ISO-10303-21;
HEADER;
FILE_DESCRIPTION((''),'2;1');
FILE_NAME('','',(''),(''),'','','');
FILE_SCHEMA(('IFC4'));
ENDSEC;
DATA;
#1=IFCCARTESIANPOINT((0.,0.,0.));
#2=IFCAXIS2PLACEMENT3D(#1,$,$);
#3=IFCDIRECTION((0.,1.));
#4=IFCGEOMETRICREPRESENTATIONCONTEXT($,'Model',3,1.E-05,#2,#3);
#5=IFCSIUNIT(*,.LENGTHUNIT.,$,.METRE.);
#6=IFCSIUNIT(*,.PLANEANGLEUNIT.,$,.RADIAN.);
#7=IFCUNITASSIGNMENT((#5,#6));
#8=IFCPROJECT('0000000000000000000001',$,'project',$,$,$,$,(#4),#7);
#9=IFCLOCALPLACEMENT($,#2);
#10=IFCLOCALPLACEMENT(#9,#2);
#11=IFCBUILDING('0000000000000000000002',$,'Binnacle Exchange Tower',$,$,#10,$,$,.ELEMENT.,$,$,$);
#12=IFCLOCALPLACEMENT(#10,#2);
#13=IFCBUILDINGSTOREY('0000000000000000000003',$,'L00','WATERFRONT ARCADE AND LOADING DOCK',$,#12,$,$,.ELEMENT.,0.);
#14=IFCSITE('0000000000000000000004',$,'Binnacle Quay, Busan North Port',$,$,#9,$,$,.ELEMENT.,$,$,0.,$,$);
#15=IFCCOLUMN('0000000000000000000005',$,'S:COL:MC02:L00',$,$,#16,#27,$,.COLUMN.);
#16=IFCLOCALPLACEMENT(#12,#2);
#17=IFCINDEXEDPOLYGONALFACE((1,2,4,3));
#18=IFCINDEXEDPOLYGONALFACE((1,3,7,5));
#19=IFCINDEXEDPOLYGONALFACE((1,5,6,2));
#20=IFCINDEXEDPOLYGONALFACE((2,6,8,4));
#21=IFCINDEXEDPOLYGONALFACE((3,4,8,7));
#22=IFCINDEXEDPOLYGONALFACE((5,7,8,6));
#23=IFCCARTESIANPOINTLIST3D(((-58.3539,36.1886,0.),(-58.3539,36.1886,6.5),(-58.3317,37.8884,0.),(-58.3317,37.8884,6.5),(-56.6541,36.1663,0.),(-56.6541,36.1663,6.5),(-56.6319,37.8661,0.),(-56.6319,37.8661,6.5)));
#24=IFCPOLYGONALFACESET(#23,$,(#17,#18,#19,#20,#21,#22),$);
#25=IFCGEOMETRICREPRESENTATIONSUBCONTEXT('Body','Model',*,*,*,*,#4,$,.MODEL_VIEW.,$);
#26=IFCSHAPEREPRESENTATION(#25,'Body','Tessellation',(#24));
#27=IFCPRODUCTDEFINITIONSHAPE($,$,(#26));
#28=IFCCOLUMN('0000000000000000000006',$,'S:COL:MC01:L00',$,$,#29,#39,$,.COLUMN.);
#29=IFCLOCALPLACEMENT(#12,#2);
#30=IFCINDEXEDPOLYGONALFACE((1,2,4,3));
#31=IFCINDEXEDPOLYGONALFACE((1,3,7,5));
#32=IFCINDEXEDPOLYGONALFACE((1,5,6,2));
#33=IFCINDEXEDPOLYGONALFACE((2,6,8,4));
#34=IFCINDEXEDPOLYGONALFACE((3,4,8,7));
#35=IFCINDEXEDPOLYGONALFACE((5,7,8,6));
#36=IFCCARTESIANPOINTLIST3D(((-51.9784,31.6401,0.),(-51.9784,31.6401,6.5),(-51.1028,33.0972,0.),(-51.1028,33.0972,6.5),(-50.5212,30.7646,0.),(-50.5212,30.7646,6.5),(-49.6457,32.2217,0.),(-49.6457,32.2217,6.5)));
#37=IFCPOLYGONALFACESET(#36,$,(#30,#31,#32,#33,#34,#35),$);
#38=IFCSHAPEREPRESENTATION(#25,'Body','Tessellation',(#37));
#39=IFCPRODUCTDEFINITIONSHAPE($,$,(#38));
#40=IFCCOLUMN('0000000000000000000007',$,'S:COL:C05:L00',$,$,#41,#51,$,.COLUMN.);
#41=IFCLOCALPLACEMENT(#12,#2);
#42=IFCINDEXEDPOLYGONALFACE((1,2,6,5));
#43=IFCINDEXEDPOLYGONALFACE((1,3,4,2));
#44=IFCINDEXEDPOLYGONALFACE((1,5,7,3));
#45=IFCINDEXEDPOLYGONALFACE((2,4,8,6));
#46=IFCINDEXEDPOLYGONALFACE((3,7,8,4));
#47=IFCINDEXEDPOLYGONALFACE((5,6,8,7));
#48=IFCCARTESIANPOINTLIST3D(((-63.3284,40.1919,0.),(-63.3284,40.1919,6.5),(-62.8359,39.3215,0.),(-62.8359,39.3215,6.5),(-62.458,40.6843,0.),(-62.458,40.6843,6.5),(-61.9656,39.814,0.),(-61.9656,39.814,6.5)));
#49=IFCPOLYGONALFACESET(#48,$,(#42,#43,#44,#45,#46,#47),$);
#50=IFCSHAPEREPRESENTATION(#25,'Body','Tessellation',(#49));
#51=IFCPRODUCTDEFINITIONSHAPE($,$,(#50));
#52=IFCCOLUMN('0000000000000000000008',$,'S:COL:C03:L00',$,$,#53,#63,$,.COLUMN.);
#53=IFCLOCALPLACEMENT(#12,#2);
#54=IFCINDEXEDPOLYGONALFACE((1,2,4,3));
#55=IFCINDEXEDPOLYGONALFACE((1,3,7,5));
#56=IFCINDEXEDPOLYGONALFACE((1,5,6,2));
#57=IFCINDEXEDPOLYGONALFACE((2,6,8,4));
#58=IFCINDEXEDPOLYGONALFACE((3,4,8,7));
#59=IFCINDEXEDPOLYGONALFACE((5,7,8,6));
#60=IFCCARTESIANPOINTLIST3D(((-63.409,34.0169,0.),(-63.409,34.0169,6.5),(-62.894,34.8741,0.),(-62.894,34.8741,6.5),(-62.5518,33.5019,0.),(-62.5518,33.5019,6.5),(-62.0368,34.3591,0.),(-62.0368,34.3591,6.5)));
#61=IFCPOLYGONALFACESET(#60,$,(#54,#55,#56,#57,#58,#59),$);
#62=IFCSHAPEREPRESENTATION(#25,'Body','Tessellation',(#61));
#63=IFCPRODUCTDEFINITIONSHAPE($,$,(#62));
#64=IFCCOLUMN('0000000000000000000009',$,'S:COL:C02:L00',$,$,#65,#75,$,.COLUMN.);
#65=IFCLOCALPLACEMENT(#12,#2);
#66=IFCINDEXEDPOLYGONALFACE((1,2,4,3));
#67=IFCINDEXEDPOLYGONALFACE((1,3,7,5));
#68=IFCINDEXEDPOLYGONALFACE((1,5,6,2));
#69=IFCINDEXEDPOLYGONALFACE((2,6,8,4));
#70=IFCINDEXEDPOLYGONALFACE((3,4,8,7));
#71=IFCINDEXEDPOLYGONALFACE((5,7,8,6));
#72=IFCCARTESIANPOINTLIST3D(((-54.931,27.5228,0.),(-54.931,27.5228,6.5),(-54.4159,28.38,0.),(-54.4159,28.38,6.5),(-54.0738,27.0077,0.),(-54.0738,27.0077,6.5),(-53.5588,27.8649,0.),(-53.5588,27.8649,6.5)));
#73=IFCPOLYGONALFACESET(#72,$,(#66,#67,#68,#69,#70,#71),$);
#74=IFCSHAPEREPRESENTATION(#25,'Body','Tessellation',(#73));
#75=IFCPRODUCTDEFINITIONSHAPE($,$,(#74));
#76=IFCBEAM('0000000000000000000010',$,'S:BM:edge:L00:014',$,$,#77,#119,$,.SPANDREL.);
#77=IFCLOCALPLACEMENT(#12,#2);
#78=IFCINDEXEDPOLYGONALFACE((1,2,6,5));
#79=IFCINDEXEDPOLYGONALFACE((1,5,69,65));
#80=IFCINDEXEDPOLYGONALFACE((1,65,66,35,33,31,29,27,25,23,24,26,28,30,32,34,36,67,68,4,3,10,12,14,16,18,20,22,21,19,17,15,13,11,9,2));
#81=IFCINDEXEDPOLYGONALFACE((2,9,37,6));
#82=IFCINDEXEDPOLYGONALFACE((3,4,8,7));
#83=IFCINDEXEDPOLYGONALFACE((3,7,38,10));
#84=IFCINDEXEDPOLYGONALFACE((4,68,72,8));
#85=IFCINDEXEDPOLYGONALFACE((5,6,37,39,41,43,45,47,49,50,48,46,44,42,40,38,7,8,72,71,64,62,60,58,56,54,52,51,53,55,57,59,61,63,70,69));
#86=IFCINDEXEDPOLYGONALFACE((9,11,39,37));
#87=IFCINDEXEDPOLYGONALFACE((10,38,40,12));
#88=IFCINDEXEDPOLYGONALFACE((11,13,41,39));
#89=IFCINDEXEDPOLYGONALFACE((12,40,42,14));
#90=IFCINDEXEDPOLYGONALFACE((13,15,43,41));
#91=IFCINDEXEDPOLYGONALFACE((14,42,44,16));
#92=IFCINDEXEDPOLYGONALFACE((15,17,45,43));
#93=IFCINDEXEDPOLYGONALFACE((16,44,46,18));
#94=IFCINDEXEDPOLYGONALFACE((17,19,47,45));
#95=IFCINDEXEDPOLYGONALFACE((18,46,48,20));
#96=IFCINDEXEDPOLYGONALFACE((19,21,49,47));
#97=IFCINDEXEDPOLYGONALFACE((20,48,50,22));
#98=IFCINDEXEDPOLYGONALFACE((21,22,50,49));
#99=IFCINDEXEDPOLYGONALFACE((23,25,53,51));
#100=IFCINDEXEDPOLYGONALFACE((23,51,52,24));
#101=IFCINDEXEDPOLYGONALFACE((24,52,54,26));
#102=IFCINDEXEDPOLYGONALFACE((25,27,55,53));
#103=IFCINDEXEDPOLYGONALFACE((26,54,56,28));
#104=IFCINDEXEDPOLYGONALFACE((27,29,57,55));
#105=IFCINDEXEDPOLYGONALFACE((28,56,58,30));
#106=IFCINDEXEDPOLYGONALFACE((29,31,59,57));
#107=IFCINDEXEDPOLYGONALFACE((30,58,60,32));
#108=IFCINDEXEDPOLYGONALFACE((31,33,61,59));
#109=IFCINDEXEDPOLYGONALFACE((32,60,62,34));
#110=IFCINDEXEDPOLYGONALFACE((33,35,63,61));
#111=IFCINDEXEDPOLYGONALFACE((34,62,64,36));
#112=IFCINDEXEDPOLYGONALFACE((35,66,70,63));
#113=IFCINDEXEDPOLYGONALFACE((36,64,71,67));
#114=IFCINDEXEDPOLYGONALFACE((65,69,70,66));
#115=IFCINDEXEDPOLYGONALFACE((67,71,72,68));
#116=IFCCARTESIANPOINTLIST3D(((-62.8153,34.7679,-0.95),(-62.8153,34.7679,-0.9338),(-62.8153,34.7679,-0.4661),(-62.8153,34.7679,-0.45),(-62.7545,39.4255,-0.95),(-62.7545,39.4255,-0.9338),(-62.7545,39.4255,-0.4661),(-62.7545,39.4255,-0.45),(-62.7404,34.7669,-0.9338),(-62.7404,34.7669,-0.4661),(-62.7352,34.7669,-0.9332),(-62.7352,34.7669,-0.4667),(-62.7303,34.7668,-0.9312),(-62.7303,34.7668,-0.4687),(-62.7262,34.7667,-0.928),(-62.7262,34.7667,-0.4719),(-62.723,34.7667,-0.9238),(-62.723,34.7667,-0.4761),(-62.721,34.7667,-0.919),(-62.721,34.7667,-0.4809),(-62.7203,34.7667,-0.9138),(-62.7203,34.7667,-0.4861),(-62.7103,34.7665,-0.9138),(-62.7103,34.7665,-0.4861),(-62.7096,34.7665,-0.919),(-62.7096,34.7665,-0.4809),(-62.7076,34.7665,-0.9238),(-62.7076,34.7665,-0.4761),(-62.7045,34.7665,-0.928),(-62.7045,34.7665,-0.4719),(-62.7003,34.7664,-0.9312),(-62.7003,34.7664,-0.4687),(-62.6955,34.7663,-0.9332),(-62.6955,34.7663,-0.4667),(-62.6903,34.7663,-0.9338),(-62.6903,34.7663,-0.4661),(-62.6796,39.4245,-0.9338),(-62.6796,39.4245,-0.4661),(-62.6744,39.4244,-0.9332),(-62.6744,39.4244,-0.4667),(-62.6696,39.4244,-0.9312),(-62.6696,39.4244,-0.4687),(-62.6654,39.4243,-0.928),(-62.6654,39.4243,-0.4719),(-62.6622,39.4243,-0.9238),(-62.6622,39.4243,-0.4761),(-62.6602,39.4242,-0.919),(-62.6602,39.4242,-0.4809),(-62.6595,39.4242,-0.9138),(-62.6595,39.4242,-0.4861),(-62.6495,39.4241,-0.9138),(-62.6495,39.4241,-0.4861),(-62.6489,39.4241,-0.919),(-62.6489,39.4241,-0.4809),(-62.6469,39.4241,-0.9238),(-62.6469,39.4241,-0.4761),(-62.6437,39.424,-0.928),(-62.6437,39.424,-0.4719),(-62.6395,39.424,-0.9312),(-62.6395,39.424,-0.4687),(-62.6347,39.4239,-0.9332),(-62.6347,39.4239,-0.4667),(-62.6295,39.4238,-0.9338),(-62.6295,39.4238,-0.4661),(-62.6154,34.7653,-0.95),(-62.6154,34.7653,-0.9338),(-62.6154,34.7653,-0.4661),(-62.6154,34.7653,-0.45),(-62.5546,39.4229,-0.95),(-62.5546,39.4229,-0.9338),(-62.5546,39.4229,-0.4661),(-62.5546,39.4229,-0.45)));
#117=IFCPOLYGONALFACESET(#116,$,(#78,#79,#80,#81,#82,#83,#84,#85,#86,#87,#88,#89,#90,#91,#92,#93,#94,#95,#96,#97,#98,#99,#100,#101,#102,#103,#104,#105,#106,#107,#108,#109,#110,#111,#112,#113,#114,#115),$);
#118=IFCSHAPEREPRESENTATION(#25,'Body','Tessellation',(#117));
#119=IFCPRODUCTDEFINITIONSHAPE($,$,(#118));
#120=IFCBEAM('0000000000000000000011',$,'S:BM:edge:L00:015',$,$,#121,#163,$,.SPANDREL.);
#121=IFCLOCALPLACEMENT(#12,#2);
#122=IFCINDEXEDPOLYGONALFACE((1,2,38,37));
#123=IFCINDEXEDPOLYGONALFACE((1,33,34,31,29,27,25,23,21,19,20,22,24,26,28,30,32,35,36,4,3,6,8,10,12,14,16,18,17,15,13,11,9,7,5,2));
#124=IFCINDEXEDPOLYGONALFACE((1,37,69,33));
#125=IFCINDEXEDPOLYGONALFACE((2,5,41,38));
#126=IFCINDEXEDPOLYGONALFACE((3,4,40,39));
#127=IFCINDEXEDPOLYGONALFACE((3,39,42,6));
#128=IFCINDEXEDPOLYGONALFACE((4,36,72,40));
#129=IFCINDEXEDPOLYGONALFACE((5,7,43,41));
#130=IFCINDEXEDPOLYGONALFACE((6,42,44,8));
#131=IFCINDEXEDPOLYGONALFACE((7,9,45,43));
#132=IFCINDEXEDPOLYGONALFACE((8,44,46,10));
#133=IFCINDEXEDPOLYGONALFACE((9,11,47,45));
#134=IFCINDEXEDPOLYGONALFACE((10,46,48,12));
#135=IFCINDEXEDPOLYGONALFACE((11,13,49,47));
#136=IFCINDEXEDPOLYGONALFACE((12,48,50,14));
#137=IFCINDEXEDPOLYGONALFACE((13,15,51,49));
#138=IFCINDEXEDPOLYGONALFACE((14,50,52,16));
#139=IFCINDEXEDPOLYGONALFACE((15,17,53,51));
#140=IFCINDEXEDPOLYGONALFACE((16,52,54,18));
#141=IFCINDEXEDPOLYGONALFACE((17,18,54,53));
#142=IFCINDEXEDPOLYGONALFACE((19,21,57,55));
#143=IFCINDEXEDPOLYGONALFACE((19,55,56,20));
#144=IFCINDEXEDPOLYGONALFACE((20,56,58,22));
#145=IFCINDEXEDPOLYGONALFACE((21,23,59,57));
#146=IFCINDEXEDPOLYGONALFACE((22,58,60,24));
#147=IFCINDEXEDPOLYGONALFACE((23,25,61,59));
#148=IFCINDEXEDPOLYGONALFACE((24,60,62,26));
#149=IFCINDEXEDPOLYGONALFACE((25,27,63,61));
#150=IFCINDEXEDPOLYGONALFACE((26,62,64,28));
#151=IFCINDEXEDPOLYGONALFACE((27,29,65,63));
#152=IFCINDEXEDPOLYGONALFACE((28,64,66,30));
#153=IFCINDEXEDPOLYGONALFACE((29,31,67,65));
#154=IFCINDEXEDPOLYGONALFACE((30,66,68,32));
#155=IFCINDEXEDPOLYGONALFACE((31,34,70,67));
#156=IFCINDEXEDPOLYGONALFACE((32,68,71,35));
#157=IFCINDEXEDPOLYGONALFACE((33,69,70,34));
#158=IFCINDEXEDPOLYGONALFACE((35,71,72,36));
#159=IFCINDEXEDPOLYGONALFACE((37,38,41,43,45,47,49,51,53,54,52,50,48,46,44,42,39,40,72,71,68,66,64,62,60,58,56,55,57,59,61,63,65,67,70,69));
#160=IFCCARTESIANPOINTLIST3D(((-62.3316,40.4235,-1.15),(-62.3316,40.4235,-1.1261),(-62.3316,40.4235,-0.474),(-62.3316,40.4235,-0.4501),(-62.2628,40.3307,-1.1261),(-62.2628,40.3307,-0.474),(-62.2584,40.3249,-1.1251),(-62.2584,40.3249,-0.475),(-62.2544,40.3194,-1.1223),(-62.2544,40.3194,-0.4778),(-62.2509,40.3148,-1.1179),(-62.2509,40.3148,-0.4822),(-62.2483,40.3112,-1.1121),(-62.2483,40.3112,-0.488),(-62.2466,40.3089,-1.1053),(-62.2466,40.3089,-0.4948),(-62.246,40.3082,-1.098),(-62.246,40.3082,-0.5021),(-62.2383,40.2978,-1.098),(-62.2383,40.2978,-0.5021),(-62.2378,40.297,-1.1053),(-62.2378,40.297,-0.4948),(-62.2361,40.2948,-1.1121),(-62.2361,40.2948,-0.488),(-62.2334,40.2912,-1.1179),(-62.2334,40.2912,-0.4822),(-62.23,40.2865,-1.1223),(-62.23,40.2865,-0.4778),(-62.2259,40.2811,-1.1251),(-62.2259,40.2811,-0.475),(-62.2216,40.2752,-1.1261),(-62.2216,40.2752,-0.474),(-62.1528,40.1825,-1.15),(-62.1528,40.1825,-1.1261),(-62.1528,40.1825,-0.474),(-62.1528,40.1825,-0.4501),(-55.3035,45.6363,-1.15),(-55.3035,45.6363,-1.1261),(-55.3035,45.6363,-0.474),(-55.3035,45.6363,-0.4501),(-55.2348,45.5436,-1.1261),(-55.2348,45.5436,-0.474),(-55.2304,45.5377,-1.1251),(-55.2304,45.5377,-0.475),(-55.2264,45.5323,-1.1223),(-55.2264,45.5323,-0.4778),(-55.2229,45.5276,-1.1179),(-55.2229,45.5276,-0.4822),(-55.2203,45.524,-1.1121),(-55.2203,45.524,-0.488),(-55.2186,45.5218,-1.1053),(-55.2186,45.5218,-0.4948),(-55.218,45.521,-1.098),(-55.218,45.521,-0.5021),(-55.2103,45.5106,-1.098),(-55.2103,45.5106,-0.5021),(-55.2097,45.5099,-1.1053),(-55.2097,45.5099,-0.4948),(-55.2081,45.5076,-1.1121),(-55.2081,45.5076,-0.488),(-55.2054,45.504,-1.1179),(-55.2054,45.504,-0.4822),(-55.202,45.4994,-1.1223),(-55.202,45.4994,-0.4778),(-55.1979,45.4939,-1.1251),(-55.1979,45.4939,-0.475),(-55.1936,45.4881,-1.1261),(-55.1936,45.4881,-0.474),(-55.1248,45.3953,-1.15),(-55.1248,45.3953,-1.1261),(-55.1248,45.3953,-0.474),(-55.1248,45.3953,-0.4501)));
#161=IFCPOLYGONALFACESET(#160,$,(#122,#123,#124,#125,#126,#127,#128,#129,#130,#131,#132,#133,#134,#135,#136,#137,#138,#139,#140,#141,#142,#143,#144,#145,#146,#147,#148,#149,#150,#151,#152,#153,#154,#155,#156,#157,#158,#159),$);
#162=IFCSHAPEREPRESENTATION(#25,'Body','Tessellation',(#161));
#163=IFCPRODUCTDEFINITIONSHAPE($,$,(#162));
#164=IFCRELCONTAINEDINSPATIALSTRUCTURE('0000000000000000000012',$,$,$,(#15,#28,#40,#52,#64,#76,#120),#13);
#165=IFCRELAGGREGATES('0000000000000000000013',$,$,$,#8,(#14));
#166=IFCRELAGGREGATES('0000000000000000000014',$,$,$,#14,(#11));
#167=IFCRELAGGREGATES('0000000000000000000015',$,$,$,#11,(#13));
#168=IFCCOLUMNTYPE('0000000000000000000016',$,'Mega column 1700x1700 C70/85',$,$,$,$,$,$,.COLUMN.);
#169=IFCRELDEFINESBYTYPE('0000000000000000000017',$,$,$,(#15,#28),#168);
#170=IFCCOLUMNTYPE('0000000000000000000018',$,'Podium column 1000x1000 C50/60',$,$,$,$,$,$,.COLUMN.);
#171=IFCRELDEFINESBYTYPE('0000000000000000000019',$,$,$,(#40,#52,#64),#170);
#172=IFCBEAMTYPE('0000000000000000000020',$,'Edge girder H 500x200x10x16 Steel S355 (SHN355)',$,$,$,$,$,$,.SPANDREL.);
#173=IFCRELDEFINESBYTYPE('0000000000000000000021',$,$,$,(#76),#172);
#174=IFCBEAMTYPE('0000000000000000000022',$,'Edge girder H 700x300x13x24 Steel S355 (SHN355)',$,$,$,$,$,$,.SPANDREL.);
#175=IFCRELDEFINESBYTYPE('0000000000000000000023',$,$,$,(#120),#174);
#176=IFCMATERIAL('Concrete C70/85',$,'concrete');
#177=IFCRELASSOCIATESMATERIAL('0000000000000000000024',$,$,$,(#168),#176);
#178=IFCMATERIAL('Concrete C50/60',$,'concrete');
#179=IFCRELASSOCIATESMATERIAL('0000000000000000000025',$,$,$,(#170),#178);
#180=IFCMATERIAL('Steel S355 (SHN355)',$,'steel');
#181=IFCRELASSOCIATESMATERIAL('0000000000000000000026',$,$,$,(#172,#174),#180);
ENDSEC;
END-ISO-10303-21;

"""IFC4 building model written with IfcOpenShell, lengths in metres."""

from ifc_helpers import new_model, si_unit, direction, frame, origin, origin_2d, place, context, subcontext, project, spatial, rectangle, i_section, extrude, material, material_profile, profile_set, type_object, element, save


model = new_model("IFC4")

# Units and contexts
model_context = context("Model", 3, precision=1e-05, world=origin(), true_north=direction((0.0, 1.0)))
body_context = subcontext(model_context, "Body", "Model", "MODEL_VIEW")
ifc_project = project(units=[si_unit("LENGTHUNIT", "METRE"), si_unit("PLANEANGLEUNIT", "RADIAN")], contexts=[model_context])

# Site, building, storey
site_placement = place(None, origin())
site = spatial("IfcSite", under=ifc_project, at=site_placement, Name="Binnacle Quay, Busan North Port", CompositionType="ELEMENT", RefElevation=0.0)
building_placement = place(site_placement, origin())
building = spatial("IfcBuilding", under=site, at=building_placement, Name="Binnacle Exchange Tower", CompositionType="ELEMENT")
storey_placement = place(building_placement, origin())
storey = spatial("IfcBuildingStorey", under=building, at=storey_placement, Name="L00", Description="WATERFRONT ARCADE AND LOADING DOCK", CompositionType="ELEMENT", Elevation=0.0)

# Columns
ifc_material_1 = material(Name="Concrete C70/85", Category="concrete")
ifc_material_profile_1 = material_profile(ifc_material_1, rectangle(XDim=1.7, YDim=1.7, at=origin_2d()), Name="Mega column 1700x1700 C70/85")
ifc_profile_set_1 = profile_set([ifc_material_profile_1], Name="Concrete C70/85")
column_type_1 = type_object("IfcColumnType", Name="Mega column 1700x1700 C70/85", PredefinedType="COLUMN", material=ifc_profile_set_1)
for number, where, z_axis, x_axis, name in (
    (1, (-57.4929, 37.0273, 0.0), (0.0, 0.0, 1.0), (-0.01309, -0.999914, 0.0), "S:COL:MC02:L00"),
    (2, (-50.812, 31.9309, 0.0), (0.0, 0.0, 1.0), (0.857167, -0.515038, 0.0), "S:COL:MC01:L00"),
):
    element("IfcColumn", number, at=place(storey_placement, frame(where, z_axis=z_axis, x_axis=x_axis)), inside=storey, type_object=column_type_1, Name=name, PredefinedType="COLUMN", context=body_context, shape_type="SweptSolid", body=[
        extrude(rectangle(XDim=1.7, YDim=1.7, at=origin_2d()), origin(), (0.0, 0.0, 1.0), 6.5),
    ])
ifc_material_2 = material(Name="Concrete C50/60", Category="concrete")
ifc_material_profile_2 = material_profile(ifc_material_2, rectangle(XDim=1.0, YDim=1.0, at=origin_2d()), Name="Podium column 1000x1000 C50/60")
ifc_profile_set_2 = profile_set([ifc_material_profile_2], Name="Concrete C50/60")
column_type_2 = type_object("IfcColumnType", Name="Podium column 1000x1000 C50/60", PredefinedType="COLUMN", material=ifc_profile_set_2)
for number, where, z_axis, x_axis, name in (
    (3, (-62.647, 40.0029, 0.0), (0.0, 0.0, 1.0), (-0.870356, -0.492424, 0.0), "S:COL:C05:L00"),
    (4, (-62.7229, 34.188, 0.0), (0.0, 0.0, 1.0), (0.857167, -0.515038, 0.0), "S:COL:C03:L00"),
    (5, (-54.2449, 27.6938, 0.0), (0.0, 0.0, 1.0), (0.857167, -0.515038, 0.0), "S:COL:C02:L00"),
):
    element("IfcColumn", number, at=place(storey_placement, frame(where, z_axis=z_axis, x_axis=x_axis)), inside=storey, type_object=column_type_2, Name=name, PredefinedType="COLUMN", context=body_context, shape_type="SweptSolid", body=[
        extrude(rectangle(XDim=1.0, YDim=1.0, at=origin_2d()), origin(), (0.0, 0.0, 1.0), 6.5),
    ])

# Beams
ifc_material_3 = material(Name="Steel S355 (SHN355)", Category="steel")
ifc_material_profile_3 = material_profile(ifc_material_3, i_section(OverallWidth=0.2, OverallDepth=0.5, WebThickness=0.01, FlangeThickness=0.0161, FilletRadius=0.02, at=origin_2d()), Name="H 500x200x10x16")
ifc_profile_set_3 = profile_set([ifc_material_profile_3], Name="Steel S355 (SHN355)")
beam_type_1 = type_object("IfcBeamType", Name="Edge girder H 500x200x10x16 Steel S355 (SHN355)", PredefinedType="SPANDREL", material=ifc_profile_set_3)
beam_1_placement = place(storey_placement, frame((-62.7153, 34.7666, -0.7), z_axis=(0.013051, 0.999915, 0.0), x_axis=(-0.999915, 0.013051, 0.0)))
element("IfcBeam", 6, at=beam_1_placement, inside=storey, type_object=beam_type_1, Name="S:BM:edge:L00:014", PredefinedType="SPANDREL", context=body_context, shape_type="SweptSolid", body=[
    extrude(i_section(OverallWidth=0.2, OverallDepth=0.5, WebThickness=0.01, FlangeThickness=0.0161, FilletRadius=0.02, at=origin_2d()), origin(), (0.0, 0.0, 1.0), 4.658),
])
ifc_material_profile_4 = material_profile(ifc_material_3, i_section(OverallWidth=0.3, OverallDepth=0.7, WebThickness=0.0129, FlangeThickness=0.0239, FilletRadius=0.0281, at=origin_2d()), Name="H 700x300x13x24")
ifc_profile_set_4 = profile_set([ifc_material_profile_4], Name="Steel S355 (SHN355)")
beam_type_2 = type_object("IfcBeamType", Name="Edge girder H 700x300x13x24 Steel S355 (SHN355)", PredefinedType="SPANDREL", material=ifc_profile_set_4)
beam_2_placement = place(storey_placement, frame((-62.2422, 40.303, -0.8), z_axis=(0.803179, 0.595737, 0.0), x_axis=(-0.595737, 0.803179, 0.0)))
element("IfcBeam", 7, at=beam_2_placement, inside=storey, type_object=beam_type_2, Name="S:BM:edge:L00:015", PredefinedType="SPANDREL", context=body_context, shape_type="SweptSolid", body=[
    extrude(i_section(OverallWidth=0.3, OverallDepth=0.7, WebThickness=0.0129, FlangeThickness=0.0239, FilletRadius=0.0281, at=origin_2d()), origin(), (0.0, 0.0, 1.0), 8.7502),
])

save(model, "model.ifc")
